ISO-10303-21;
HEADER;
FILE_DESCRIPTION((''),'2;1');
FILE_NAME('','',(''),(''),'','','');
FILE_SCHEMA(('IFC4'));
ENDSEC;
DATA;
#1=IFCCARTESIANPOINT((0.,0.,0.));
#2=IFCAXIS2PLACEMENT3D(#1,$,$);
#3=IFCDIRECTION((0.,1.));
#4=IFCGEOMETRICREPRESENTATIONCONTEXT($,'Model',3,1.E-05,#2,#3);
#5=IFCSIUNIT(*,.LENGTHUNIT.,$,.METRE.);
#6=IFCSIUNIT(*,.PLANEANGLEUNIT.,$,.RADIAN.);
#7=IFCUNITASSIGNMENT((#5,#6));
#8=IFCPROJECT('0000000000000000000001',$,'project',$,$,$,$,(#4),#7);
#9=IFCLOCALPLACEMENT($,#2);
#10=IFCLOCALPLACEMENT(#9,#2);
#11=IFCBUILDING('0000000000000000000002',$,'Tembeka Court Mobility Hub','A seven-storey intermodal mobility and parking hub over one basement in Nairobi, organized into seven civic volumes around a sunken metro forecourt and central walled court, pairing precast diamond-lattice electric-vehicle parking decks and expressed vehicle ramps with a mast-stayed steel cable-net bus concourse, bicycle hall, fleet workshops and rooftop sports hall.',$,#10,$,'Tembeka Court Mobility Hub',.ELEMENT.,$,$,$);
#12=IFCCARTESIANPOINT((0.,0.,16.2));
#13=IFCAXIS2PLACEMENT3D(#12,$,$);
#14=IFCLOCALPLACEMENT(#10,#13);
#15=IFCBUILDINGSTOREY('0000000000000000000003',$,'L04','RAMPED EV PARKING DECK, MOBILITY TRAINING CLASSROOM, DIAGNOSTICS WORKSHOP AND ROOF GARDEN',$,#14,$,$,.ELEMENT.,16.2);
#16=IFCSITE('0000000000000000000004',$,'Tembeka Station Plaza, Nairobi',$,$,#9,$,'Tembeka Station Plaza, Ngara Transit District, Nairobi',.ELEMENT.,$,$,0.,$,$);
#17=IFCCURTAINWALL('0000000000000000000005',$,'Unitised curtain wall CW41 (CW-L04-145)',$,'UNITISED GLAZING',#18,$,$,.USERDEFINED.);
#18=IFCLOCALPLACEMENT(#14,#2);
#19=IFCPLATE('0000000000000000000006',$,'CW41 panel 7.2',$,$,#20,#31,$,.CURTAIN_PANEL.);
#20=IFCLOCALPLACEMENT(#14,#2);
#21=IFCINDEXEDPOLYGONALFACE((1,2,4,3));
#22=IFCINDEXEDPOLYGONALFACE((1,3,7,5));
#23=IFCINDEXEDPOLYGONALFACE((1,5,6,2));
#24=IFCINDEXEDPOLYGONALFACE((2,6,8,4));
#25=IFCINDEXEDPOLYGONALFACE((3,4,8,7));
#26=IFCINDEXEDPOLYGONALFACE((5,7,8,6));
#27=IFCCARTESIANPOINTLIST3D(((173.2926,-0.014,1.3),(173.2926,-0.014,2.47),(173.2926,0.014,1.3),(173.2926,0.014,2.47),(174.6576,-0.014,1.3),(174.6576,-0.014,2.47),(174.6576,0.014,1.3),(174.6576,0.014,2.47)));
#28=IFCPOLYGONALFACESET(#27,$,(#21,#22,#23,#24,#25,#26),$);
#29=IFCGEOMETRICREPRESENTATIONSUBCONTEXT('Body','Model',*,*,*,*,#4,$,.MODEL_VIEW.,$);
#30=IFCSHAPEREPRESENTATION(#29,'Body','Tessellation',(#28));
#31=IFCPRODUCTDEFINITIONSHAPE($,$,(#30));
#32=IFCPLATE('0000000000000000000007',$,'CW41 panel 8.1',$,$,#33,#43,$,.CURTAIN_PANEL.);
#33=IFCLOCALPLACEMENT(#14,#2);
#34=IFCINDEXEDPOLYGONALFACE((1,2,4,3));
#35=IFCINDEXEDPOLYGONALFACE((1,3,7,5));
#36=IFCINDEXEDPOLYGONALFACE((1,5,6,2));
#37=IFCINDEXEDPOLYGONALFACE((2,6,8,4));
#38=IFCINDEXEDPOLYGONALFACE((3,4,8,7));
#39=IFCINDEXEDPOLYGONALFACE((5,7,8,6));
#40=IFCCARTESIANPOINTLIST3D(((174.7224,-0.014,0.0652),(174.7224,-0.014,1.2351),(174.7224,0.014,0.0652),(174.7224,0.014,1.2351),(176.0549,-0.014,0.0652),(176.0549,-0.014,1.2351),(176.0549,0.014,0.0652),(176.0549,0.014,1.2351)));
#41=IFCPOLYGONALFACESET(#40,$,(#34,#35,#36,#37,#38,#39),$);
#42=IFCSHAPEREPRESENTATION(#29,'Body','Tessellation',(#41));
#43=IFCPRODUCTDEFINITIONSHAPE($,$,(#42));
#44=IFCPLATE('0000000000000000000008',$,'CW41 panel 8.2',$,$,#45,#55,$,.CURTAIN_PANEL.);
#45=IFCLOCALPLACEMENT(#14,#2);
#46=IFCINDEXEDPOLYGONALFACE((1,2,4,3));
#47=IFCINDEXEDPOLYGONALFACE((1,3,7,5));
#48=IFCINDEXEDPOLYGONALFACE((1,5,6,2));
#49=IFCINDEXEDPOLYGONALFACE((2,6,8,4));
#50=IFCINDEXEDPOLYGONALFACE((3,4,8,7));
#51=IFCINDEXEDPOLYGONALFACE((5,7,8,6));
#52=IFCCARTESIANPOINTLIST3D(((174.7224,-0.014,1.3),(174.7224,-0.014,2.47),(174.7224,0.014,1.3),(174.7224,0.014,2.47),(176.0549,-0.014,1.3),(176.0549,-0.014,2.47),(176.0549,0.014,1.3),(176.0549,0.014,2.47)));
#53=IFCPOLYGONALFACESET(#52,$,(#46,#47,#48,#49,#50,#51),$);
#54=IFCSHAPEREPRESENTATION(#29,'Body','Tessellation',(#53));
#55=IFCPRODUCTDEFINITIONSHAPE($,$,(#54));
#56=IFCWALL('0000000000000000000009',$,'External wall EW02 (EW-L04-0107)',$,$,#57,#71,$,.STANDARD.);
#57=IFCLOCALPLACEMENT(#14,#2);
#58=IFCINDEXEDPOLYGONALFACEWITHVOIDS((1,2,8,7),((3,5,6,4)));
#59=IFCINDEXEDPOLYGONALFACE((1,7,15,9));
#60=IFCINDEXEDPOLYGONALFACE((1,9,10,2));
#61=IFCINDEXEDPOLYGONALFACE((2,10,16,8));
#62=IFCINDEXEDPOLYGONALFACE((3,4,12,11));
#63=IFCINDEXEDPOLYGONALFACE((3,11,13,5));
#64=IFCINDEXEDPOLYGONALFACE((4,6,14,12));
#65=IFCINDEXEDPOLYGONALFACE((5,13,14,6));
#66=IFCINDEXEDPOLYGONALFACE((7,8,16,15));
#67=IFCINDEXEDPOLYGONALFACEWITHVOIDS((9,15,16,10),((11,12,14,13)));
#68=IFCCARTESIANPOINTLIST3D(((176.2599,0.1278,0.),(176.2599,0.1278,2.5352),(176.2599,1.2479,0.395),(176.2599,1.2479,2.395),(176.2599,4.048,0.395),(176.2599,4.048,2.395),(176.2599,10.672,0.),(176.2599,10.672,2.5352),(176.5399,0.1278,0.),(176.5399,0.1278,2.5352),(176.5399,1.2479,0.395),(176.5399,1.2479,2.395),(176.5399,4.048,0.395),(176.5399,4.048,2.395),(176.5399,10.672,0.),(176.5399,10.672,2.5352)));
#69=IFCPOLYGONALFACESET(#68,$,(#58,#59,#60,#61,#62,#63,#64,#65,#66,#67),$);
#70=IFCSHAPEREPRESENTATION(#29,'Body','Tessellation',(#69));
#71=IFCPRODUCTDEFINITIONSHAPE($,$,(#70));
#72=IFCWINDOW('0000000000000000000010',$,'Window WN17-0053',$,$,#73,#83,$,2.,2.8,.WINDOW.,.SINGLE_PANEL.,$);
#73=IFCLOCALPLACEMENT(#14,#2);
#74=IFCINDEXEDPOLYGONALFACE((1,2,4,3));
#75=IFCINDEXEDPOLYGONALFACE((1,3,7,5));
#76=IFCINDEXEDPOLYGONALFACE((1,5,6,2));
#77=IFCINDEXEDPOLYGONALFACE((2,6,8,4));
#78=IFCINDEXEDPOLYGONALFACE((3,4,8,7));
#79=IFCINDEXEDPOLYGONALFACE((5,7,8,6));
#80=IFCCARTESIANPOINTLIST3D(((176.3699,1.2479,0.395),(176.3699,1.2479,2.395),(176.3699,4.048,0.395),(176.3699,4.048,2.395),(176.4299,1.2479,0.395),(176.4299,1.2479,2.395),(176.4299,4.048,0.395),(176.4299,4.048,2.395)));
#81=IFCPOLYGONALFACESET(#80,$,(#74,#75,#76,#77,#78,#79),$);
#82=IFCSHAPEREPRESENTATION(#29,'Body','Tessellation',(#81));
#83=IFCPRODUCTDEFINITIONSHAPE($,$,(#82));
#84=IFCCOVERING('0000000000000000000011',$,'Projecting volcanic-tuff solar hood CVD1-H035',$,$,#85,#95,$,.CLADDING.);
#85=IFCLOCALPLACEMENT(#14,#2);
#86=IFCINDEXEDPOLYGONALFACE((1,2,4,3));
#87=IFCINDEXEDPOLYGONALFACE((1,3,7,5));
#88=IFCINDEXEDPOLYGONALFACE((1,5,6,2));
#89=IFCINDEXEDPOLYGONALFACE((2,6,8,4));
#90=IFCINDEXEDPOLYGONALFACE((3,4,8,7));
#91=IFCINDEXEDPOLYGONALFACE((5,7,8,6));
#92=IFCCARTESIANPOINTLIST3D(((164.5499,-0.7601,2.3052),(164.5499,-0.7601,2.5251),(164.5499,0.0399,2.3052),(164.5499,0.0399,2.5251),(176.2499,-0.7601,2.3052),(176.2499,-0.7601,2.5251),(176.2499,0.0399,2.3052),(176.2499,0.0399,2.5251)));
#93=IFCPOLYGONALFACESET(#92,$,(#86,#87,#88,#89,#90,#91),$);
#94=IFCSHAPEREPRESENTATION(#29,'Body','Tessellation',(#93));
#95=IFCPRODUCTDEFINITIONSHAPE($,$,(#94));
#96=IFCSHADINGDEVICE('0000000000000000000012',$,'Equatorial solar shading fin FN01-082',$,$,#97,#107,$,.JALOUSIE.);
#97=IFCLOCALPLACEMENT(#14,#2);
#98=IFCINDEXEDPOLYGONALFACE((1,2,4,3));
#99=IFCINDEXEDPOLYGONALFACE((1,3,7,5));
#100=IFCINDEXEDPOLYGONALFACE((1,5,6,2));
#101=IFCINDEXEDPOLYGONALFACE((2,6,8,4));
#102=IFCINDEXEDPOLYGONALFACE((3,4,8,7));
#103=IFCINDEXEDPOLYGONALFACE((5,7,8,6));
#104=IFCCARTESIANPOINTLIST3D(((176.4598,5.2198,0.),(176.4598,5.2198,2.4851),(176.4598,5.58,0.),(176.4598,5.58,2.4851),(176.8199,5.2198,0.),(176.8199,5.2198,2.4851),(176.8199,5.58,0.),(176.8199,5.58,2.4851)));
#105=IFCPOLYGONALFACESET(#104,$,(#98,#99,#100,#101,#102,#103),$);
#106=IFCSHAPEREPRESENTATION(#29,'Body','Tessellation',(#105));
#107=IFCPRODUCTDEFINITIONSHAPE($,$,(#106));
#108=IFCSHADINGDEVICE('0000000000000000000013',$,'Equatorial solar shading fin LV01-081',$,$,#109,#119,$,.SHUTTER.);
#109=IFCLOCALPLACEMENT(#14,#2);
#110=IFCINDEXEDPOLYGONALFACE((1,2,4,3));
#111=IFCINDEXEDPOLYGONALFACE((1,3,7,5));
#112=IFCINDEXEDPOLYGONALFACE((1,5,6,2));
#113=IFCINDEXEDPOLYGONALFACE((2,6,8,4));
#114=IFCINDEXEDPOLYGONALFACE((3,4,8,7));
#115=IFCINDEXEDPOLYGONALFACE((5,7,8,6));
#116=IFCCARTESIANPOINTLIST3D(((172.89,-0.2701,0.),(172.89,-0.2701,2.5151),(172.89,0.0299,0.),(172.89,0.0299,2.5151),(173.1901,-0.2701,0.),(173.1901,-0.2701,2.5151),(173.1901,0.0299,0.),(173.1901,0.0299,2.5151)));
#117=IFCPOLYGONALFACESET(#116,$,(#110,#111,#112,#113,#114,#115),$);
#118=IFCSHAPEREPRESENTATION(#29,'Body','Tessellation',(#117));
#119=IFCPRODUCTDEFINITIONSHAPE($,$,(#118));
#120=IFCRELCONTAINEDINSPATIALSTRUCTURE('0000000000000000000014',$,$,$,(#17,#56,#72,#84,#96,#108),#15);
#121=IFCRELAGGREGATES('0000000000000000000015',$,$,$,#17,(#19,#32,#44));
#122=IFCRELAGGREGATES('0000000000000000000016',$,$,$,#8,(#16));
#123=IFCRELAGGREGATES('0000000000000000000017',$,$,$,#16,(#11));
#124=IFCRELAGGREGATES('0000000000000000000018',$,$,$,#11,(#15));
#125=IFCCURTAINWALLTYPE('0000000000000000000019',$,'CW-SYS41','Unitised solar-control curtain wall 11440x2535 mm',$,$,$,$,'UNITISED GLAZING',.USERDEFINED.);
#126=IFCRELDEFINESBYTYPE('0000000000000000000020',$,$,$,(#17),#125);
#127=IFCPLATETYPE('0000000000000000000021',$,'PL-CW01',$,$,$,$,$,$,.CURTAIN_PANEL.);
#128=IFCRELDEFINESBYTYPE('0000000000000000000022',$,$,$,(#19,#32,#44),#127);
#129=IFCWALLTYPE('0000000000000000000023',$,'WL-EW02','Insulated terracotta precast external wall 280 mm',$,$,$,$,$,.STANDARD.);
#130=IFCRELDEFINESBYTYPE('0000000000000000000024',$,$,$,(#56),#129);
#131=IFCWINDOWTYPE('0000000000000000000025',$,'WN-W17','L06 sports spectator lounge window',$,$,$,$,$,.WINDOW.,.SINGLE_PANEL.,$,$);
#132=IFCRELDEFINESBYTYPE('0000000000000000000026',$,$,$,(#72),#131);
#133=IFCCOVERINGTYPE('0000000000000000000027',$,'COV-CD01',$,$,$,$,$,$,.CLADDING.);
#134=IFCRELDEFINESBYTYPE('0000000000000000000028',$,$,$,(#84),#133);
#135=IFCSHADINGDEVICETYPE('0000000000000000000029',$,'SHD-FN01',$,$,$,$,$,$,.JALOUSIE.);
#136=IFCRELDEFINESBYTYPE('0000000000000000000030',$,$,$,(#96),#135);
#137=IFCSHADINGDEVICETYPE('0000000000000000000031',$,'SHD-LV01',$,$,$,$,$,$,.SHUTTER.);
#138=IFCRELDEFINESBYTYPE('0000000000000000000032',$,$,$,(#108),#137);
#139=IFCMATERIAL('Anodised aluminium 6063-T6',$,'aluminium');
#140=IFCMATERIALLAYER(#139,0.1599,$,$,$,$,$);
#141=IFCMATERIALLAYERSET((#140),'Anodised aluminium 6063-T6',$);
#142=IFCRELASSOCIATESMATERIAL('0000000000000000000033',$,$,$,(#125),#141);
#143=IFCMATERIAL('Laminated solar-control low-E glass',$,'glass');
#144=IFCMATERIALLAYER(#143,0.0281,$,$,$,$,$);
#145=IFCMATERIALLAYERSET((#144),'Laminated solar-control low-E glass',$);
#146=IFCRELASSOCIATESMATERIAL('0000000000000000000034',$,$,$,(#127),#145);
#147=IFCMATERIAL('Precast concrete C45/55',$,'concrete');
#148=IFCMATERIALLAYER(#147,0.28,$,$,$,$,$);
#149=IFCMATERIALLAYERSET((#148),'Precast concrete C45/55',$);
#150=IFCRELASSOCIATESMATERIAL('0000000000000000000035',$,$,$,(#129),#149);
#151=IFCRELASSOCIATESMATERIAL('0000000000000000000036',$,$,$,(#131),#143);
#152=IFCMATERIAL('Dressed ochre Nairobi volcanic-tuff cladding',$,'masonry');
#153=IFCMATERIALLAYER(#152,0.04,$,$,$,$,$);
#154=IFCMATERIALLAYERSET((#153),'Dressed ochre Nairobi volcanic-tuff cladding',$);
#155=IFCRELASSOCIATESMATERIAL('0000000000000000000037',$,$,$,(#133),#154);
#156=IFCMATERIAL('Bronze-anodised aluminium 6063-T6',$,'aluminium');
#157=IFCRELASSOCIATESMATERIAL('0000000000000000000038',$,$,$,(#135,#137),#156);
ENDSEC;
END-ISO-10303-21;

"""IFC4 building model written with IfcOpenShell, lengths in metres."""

from ifc_helpers import new_model, si_unit, direction, frame, frame_2d, origin, origin_2d, place, context, subcontext, project, spatial, rectangle, extrude, material, layer, layer_set, material_profile, profile_set, type_object, element, fill, aggregate, save


model = new_model("IFC4")

# Units and contexts
model_context = context("Model", 3, precision=1e-05, world=origin(), true_north=direction((0.0, 1.0)))
body_context = subcontext(model_context, "Body", "Model", "MODEL_VIEW")
ifc_project = project(units=[si_unit("LENGTHUNIT", "METRE"), si_unit("PLANEANGLEUNIT", "RADIAN")], contexts=[model_context])

# Site, building, storey
site_placement = place(None, origin())
site = spatial("IfcSite", under=ifc_project, at=site_placement, Name="Tembeka Station Plaza, Nairobi", LongName="Tembeka Station Plaza, Ngara Transit District, Nairobi", CompositionType="ELEMENT", RefElevation=0.0)
building_placement = place(site_placement, origin())
building = spatial("IfcBuilding", under=site, at=building_placement, Name="Tembeka Court Mobility Hub", Description="A seven-storey intermodal mobility and parking hub over one basement in Nairobi, organized into seven civic volumes around a sunken metro forecourt and central walled court, pairing precast diamond-lattice electric-vehicle parking decks and expressed vehicle ramps with a mast-stayed steel cable-net bus concourse, bicycle hall, fleet workshops and rooftop sports hall.", LongName="Tembeka Court Mobility Hub", CompositionType="ELEMENT")
storey_placement = place(building_placement, frame((0.0, 0.0, 16.2)))
storey = spatial("IfcBuildingStorey", under=building, at=storey_placement, Name="L04", Description="RAMPED EV PARKING DECK, MOBILITY TRAINING CLASSROOM, DIAGNOSTICS WORKSHOP AND ROOF GARDEN", CompositionType="ELEMENT", Elevation=16.2)

# Curtain wall, plates
ifc_material_1 = material(Name="Anodised aluminium 6063-T6", Category="aluminium")
ifc_layer_1 = layer(ifc_material_1, 0.1599)
ifc_layer_set_1 = layer_set([ifc_layer_1], Name="Anodised aluminium 6063-T6")
curtain_wall_type = type_object("IfcCurtainWallType", Name="CW-SYS41", Description="Unitised solar-control curtain wall 11440x2535 mm", ElementType="UNITISED GLAZING", PredefinedType="USERDEFINED", material=ifc_layer_set_1)
curtain_wall_placement = place(storey_placement, origin())
curtain_wall = element("IfcCurtainWall", 1, at=curtain_wall_placement, inside=storey, type_object=curtain_wall_type, Name="Unitised curtain wall CW41 (CW-L04-145)", ObjectType="UNITISED GLAZING", PredefinedType="USERDEFINED")
ifc_material_2 = material(Name="Laminated solar-control low-E glass", Category="glass")
ifc_layer_2 = layer(ifc_material_2, 0.0281)
ifc_layer_set_2 = layer_set([ifc_layer_2], Name="Laminated solar-control low-E glass")
plate_type = type_object("IfcPlateType", Name="PL-CW01", PredefinedType="CURTAIN_PANEL", material=ifc_layer_set_2)
plate_1_placement = place(storey_placement, frame((173.9751, 0.0, 1.3), z_axis=(0.0, 0.0, 1.0), x_axis=(1.0, 0.0, 0.0)))
plate_1 = element("IfcPlate", 2, at=plate_1_placement, type_object=plate_type, Name="CW41 panel 7.2", PredefinedType="CURTAIN_PANEL", context=body_context, shape_type="SweptSolid", body=[
    extrude(rectangle(XDim=1.365, YDim=0.0281, at=origin_2d()), origin(), (0.0, 0.0, 1.0), 1.1699),
])
plate_2_placement = place(storey_placement, frame((175.3887, 0.0, 0.0652), z_axis=(0.0, 0.0, 1.0), x_axis=(1.0, 0.0, 0.0)))
plate_2 = element("IfcPlate", 3, at=plate_2_placement, type_object=plate_type, Name="CW41 panel 8.1", PredefinedType="CURTAIN_PANEL", context=body_context, shape_type="SweptSolid", body=[
    extrude(rectangle(XDim=1.3325, YDim=0.0281, at=origin_2d()), origin(), (0.0, 0.0, 1.0), 1.1699),
])
plate_3_placement = place(storey_placement, frame((175.3887, 0.0, 1.3), z_axis=(0.0, 0.0, 1.0), x_axis=(1.0, 0.0, 0.0)))
plate_3 = element("IfcPlate", 4, at=plate_3_placement, type_object=plate_type, Name="CW41 panel 8.2", PredefinedType="CURTAIN_PANEL", context=body_context, shape_type="SweptSolid", body=[
    extrude(rectangle(XDim=1.3325, YDim=0.0281, at=origin_2d()), origin(), (0.0, 0.0, 1.0), 1.1699),
])
aggregate(curtain_wall, [plate_1, plate_2, plate_3])

# Wall, opening, window
ifc_material_3 = material(Name="Precast concrete C45/55", Category="concrete")
ifc_layer_3 = layer(ifc_material_3, 0.28)
ifc_layer_set_3 = layer_set([ifc_layer_3], Name="Precast concrete C45/55")
wall_type = type_object("IfcWallType", Name="WL-EW02", Description="Insulated terracotta precast external wall 280 mm", PredefinedType="STANDARD", material=ifc_layer_set_3)
wall_placement = place(storey_placement, frame((176.3999, 0.1279, 0.0), z_axis=(0.0, 0.0, 1.0), x_axis=(0.0, 1.0, 0.0)))
wall = element("IfcWall", 5, at=wall_placement, inside=storey, type_object=wall_type, Name="External wall EW02 (EW-L04-0107)", PredefinedType="STANDARD", context=body_context, shape_type="SweptSolid", body=[
    extrude(rectangle(XDim=10.5442, YDim=0.28, at=frame_2d((5.272, 0.0))), origin(), (0.0, 0.0, 1.0), 2.5352),
])
opening_placement = place(wall_placement, frame((1.1201, 0.0, 0.395)))
opening = element("IfcOpeningElement", 6, at=opening_placement, cuts=wall, PredefinedType="OPENING", context=body_context, shape_type="SweptSolid", body=[
    extrude(rectangle(XDim=2.8, YDim=2.0, at=frame_2d((1.3999, 1.0))), frame((0.0, 0.1499, 0.0), z_axis=(0.0, -1.0, 0.0), x_axis=(1.0, 0.0, 0.0)), (0.0, 0.0, 1.0), 0.3),
])
window_type = type_object("IfcWindowType", Name="WN-W17", Description="L06 sports spectator lounge window", PartitioningType="SINGLE_PANEL", PredefinedType="WINDOW", material=ifc_material_2)
window_placement = place(opening_placement, origin())
window = element("IfcWindow", 7, at=window_placement, inside=storey, type_object=window_type, Name="Window WN17-0053", OverallHeight=2.0, OverallWidth=2.8, PartitioningType="SINGLE_PANEL", PredefinedType="WINDOW", context=body_context, shape_type="SweptSolid", body=[
    extrude(rectangle(XDim=2.8, YDim=2.0, at=frame_2d((1.3999, 1.0))), frame((0.0, 0.03, 0.0), z_axis=(0.0, -1.0, 0.0), x_axis=(1.0, 0.0, 0.0)), (0.0, 0.0, 1.0), 0.0601),
])
fill(opening, window)

# Covering
ifc_material_4 = material(Name="Dressed ochre Nairobi volcanic-tuff cladding", Category="masonry")
ifc_layer_4 = layer(ifc_material_4, 0.04)
ifc_layer_set_4 = layer_set([ifc_layer_4], Name="Dressed ochre Nairobi volcanic-tuff cladding")
covering_type = type_object("IfcCoveringType", Name="COV-CD01", PredefinedType="CLADDING", material=ifc_layer_set_4)
covering_placement = place(storey_placement, frame((170.3999, -0.3601, 2.3052), z_axis=(0.0, 0.0, 1.0), x_axis=(1.0, 0.0, 0.0)))
element("IfcCovering", 8, at=covering_placement, inside=storey, type_object=covering_type, Name="Projecting volcanic-tuff solar hood CVD1-H035", PredefinedType="CLADDING", context=body_context, shape_type="SweptSolid", body=[
    extrude(rectangle(XDim=11.7, YDim=0.8, at=origin_2d()), origin(), (0.0, 0.0, 1.0), 0.22),
])

# Shading devices
ifc_material_5 = material(Name="Bronze-anodised aluminium 6063-T6", Category="aluminium")
ifc_material_profile_1 = material_profile(ifc_material_5, rectangle(XDim=0.3601, YDim=0.3601, at=origin_2d()), Name="ALU-FIN 360x360")
ifc_profile_set_1 = profile_set([ifc_material_profile_1], Name="Bronze-anodised aluminium 6063-T6")
shading_device_type_1 = type_object("IfcShadingDeviceType", Name="SHD-FN01", PredefinedType="JALOUSIE", material=ifc_profile_set_1)
shading_device_1_placement = place(storey_placement, frame((176.6399, 5.3999, 0.0), z_axis=(0.0, 0.0, 1.0), x_axis=(1.0, 0.0, 0.0)))
element("IfcShadingDevice", 9, at=shading_device_1_placement, inside=storey, type_object=shading_device_type_1, Name="Equatorial solar shading fin FN01-082", PredefinedType="JALOUSIE", context=body_context, shape_type="SweptSolid", body=[
    extrude(rectangle(XDim=0.3601, YDim=0.3601, at=origin_2d()), origin(), (0.0, 0.0, 1.0), 2.4851),
])
ifc_material_profile_2 = material_profile(ifc_material_5, rectangle(XDim=0.3, YDim=0.3, at=origin_2d()), Name="ALU-LVR 300x300")
ifc_profile_set_2 = profile_set([ifc_material_profile_2], Name="Bronze-anodised aluminium 6063-T6")
shading_device_type_2 = type_object("IfcShadingDeviceType", Name="SHD-LV01", PredefinedType="SHUTTER", material=ifc_profile_set_2)
shading_device_2_placement = place(storey_placement, frame((173.04, -0.1201, 0.0), z_axis=(0.0, 0.0, 1.0), x_axis=(1.0, 0.0, 0.0)))
element("IfcShadingDevice", 10, at=shading_device_2_placement, inside=storey, type_object=shading_device_type_2, Name="Equatorial solar shading fin LV01-081", PredefinedType="SHUTTER", context=body_context, shape_type="SweptSolid", body=[
    extrude(rectangle(XDim=0.3, YDim=0.3, at=origin_2d()), origin(), (0.0, 0.0, 1.0), 2.5151),
])

save(model, "model.ifc")
